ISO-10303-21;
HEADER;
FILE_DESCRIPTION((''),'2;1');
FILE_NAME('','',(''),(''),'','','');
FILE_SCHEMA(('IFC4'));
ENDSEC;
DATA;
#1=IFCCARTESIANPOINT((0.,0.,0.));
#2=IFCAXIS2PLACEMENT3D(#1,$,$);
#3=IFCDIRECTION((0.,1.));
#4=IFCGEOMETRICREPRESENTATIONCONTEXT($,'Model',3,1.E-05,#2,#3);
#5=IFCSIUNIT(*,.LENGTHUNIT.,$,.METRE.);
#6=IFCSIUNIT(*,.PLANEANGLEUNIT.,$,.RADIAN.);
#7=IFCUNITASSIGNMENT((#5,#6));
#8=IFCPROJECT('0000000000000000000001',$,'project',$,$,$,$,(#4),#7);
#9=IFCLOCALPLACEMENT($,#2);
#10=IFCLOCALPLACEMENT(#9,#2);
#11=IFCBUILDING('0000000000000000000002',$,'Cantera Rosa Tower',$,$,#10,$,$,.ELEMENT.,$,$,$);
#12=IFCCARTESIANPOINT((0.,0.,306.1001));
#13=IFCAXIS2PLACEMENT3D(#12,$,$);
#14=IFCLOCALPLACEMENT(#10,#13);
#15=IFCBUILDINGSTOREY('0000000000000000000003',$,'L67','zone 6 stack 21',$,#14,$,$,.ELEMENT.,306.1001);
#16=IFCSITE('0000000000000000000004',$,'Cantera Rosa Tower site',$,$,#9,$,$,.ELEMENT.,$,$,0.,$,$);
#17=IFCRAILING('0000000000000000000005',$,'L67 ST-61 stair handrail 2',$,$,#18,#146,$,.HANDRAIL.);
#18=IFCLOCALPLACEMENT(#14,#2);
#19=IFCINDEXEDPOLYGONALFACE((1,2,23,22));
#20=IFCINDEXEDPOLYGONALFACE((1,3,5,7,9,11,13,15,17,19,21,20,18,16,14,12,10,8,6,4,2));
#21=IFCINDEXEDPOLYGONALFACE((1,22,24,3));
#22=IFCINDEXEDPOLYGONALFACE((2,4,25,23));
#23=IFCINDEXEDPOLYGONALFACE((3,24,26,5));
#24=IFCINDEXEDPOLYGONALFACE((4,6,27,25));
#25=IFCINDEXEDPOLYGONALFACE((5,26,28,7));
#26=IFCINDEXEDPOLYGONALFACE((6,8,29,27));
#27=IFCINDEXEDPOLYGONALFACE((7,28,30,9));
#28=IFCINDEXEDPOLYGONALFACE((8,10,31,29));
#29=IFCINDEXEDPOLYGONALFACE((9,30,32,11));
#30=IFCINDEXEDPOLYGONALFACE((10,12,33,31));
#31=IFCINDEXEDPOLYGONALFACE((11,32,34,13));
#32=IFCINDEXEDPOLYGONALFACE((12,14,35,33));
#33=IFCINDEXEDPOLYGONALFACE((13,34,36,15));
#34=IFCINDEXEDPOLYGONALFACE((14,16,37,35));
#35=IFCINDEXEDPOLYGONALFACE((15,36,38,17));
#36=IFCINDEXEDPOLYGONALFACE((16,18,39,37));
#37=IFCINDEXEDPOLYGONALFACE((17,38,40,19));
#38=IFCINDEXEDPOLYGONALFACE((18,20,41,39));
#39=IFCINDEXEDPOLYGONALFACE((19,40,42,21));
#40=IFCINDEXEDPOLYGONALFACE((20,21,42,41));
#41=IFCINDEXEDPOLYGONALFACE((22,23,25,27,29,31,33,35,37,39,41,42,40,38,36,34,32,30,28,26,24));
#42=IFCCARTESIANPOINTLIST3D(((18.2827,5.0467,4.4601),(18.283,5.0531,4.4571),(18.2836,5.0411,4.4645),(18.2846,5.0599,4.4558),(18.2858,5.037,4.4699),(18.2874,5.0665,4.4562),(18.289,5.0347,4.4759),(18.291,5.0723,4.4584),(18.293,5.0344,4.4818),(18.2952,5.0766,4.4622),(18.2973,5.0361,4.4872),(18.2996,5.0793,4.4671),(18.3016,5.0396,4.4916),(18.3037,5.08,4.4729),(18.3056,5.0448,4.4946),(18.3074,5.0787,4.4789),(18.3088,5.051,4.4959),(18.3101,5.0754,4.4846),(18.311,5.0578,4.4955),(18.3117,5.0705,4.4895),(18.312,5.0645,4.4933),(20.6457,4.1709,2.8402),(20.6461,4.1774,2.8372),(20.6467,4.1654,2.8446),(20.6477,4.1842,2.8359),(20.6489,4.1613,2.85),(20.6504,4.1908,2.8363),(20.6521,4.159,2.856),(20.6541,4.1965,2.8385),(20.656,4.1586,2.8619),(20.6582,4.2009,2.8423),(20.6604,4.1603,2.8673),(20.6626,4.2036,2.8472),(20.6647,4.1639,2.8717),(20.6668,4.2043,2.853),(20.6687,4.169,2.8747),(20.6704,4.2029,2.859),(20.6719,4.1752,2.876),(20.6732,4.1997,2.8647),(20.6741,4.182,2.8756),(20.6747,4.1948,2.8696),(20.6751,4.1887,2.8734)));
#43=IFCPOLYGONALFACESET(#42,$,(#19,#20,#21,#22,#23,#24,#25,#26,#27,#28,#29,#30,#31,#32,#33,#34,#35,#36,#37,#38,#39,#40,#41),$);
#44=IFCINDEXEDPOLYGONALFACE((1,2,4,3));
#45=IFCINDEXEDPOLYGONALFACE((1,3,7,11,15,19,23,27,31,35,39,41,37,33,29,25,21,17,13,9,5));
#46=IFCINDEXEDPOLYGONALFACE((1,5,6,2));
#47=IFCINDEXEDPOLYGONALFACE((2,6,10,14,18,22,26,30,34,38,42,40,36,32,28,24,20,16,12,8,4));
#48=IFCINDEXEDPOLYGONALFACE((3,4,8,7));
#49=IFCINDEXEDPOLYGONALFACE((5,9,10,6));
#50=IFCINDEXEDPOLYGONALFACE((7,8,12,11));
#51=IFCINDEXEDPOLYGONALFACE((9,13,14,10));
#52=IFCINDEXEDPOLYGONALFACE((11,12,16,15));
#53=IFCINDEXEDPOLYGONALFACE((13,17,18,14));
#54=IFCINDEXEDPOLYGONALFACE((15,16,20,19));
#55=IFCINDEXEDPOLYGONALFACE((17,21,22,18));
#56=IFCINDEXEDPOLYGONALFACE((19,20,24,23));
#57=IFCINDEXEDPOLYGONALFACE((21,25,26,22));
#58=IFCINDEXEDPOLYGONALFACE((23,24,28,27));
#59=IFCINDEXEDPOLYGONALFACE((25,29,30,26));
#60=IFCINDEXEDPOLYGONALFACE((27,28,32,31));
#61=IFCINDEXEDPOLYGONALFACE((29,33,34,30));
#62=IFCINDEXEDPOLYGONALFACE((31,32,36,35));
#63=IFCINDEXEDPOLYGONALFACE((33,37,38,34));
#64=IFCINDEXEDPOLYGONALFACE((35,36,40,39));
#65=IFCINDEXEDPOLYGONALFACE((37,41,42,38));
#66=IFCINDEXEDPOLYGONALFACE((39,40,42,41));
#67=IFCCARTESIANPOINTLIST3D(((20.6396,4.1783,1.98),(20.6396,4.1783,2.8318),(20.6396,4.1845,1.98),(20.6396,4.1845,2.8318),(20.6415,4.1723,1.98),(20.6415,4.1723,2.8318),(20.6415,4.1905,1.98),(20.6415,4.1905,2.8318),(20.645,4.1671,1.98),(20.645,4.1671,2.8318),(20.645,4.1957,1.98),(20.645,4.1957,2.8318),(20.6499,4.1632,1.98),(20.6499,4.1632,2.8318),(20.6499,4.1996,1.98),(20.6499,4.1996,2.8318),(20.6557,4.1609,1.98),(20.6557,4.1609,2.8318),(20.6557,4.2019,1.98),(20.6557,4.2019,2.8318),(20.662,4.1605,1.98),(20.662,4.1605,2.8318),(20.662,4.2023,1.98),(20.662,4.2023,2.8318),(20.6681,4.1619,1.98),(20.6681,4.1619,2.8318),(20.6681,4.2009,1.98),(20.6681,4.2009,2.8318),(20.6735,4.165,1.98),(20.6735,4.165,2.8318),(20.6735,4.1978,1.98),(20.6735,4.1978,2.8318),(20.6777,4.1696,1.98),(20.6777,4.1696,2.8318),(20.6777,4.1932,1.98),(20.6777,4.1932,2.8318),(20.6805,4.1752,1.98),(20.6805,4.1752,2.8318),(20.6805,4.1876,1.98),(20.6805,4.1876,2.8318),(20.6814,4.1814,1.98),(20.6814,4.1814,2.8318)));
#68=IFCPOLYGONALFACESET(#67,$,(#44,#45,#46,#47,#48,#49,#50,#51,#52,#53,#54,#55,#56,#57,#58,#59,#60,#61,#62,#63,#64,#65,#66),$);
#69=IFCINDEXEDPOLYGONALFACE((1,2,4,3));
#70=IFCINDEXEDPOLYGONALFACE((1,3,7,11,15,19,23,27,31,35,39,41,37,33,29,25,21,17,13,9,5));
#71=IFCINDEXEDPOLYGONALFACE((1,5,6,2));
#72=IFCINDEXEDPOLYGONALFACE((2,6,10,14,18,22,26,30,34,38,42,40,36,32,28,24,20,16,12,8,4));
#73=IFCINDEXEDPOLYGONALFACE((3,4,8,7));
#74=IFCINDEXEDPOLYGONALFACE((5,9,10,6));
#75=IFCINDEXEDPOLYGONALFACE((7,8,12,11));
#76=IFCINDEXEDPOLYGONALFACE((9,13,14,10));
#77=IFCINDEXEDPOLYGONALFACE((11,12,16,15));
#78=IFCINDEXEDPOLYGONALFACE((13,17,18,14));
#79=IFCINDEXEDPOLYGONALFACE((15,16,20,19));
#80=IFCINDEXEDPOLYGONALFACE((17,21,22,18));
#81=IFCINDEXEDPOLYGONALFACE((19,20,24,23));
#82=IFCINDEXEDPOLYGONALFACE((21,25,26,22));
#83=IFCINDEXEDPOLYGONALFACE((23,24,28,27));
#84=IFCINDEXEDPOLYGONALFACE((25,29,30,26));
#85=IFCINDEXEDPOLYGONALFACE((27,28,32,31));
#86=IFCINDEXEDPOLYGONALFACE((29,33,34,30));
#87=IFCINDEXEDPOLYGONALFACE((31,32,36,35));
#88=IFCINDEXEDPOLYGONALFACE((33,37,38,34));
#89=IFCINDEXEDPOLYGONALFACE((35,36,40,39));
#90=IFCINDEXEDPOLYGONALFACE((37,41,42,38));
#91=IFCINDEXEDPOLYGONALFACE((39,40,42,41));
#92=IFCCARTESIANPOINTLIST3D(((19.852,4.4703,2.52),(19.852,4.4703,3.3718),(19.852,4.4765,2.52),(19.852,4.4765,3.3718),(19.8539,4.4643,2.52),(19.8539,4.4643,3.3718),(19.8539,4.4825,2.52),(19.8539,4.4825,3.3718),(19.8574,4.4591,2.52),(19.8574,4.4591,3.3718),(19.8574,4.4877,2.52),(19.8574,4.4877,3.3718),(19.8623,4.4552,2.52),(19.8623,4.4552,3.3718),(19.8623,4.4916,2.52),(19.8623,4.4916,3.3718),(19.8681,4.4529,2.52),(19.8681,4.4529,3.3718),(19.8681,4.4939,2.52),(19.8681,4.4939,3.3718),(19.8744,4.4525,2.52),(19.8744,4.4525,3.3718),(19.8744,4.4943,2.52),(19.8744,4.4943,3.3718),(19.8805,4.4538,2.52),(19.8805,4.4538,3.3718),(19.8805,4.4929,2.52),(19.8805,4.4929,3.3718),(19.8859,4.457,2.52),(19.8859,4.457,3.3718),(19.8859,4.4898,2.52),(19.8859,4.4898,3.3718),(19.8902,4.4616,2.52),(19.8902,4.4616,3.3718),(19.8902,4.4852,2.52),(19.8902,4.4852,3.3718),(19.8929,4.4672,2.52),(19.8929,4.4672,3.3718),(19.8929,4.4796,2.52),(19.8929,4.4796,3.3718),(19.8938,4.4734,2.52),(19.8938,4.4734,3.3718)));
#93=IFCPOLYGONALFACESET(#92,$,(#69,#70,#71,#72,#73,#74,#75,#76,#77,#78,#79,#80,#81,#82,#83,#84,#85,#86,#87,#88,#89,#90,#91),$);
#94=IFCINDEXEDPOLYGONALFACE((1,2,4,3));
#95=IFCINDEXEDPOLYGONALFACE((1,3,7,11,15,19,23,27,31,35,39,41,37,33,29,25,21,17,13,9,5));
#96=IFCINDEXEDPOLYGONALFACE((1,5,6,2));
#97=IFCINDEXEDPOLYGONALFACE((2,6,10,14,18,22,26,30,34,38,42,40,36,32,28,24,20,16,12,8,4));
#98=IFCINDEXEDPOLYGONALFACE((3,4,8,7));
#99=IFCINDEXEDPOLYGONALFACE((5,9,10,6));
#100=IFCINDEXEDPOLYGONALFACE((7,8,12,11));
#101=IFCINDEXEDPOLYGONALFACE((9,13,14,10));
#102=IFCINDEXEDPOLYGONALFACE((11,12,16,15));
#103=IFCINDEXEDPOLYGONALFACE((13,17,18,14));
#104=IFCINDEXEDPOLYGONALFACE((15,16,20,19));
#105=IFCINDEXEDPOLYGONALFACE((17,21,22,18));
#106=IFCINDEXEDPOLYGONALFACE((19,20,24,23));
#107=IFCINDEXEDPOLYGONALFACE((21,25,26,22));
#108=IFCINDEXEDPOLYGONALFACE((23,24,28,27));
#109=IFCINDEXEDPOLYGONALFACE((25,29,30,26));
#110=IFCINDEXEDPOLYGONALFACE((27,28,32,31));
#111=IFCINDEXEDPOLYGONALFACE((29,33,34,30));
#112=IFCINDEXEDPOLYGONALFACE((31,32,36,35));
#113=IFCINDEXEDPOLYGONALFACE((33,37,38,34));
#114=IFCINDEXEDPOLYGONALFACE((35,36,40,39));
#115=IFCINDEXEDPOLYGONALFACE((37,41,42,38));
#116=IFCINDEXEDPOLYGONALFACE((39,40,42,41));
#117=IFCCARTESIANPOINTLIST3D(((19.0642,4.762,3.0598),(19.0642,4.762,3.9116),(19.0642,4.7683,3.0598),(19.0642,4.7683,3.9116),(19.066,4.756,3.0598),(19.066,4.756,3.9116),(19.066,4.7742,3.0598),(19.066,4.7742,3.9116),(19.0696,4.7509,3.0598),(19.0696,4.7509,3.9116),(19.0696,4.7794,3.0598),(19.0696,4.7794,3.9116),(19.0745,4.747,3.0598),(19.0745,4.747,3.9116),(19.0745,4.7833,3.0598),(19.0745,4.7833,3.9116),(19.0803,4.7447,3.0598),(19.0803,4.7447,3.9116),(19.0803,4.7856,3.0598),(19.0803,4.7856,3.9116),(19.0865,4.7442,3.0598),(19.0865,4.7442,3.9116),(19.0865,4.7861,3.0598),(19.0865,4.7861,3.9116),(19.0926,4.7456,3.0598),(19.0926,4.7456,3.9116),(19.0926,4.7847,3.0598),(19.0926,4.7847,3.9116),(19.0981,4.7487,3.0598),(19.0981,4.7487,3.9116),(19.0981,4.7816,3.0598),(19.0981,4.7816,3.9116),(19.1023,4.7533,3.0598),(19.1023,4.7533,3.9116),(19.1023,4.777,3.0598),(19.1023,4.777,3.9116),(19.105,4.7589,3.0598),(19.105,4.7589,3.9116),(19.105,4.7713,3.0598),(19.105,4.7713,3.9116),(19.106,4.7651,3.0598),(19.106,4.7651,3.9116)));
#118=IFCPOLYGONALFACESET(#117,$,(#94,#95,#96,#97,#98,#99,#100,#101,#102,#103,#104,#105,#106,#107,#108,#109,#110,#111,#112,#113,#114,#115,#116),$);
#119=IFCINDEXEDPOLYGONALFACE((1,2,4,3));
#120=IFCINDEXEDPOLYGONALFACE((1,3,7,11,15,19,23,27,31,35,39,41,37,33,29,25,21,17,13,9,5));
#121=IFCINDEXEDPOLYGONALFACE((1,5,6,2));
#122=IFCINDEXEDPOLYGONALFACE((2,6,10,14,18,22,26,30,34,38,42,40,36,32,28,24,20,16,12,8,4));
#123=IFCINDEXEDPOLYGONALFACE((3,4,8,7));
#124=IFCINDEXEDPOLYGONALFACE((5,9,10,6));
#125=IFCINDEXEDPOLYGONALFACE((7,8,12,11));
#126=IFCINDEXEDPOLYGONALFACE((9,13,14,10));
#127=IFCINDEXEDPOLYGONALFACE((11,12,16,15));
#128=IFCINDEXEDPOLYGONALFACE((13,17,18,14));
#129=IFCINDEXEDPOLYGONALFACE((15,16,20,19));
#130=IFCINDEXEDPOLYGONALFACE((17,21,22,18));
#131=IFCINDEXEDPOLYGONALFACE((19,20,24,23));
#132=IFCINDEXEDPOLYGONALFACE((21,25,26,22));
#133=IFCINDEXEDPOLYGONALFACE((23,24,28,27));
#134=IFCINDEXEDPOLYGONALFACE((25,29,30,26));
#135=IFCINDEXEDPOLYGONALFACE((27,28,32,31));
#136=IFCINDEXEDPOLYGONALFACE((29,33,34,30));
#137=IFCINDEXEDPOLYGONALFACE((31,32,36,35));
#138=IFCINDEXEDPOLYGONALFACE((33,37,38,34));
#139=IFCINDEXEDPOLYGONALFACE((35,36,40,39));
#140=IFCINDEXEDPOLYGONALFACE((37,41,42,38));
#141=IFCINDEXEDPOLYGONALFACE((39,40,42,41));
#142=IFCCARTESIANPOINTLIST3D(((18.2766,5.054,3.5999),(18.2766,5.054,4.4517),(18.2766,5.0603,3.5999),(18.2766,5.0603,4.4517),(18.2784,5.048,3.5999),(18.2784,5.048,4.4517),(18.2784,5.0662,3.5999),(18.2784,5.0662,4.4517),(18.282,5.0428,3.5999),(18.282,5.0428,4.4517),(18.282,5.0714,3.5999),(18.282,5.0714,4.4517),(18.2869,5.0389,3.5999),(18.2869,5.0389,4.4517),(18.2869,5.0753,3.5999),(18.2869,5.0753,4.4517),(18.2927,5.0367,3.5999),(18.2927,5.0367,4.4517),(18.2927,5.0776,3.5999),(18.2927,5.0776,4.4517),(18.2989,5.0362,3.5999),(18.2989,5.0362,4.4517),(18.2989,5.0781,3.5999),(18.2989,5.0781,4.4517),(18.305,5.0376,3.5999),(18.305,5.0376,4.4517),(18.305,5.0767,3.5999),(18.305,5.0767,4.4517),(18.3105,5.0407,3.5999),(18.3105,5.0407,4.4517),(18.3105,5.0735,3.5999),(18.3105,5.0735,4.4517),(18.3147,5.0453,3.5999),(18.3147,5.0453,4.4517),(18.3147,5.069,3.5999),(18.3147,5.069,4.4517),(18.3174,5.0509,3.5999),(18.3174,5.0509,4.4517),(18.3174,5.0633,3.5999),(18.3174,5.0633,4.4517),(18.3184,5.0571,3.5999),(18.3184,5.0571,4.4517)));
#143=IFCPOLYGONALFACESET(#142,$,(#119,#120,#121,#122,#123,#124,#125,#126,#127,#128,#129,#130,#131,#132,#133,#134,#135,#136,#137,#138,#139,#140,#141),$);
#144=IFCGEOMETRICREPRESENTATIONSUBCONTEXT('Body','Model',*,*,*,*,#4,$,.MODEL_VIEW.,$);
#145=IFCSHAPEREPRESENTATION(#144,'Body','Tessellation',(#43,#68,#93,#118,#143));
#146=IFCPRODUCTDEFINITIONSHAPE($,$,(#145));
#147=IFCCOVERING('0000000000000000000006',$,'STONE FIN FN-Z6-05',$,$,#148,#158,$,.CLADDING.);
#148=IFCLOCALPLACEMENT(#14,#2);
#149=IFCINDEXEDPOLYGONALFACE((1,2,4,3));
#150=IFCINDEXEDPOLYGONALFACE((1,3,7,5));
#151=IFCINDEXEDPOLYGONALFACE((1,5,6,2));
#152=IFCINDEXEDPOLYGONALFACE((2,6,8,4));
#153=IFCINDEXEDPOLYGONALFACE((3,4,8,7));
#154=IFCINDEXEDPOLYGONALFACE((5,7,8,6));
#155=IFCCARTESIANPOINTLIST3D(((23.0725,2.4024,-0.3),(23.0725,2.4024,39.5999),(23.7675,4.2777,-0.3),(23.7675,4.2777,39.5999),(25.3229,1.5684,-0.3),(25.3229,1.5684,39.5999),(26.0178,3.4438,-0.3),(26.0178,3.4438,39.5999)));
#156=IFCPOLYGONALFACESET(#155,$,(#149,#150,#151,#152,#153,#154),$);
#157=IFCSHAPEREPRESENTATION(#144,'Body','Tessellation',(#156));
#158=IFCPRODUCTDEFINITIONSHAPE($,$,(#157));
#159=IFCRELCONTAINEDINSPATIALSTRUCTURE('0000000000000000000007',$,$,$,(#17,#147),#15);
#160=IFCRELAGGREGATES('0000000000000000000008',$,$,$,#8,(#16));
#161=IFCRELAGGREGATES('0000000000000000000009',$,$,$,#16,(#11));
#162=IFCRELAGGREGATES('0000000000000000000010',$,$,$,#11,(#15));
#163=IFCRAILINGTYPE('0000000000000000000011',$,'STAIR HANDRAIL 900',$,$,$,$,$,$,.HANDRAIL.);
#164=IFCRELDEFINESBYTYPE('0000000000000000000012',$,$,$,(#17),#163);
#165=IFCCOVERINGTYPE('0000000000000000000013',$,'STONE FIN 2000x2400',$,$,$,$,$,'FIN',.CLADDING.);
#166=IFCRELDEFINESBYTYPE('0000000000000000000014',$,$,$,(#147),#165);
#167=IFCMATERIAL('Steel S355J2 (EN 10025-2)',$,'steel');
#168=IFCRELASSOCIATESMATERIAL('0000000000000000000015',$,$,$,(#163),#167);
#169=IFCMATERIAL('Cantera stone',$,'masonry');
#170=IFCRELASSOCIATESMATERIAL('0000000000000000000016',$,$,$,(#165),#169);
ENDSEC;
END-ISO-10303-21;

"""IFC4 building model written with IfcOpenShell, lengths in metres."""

from ifc_helpers import new_model, si_unit, direction, frame, origin, origin_2d, place, context, subcontext, project, spatial, rectangle, circle, extrude, material, type_object, element, save


model = new_model("IFC4")

# Units and contexts
model_context = context("Model", 3, precision=1e-05, world=origin(), true_north=direction((0.0, 1.0)))
body_context = subcontext(model_context, "Body", "Model", "MODEL_VIEW")
ifc_project = project(units=[si_unit("LENGTHUNIT", "METRE"), si_unit("PLANEANGLEUNIT", "RADIAN")], contexts=[model_context])

# Site, building, storey
site_placement = place(None, origin())
site = spatial("IfcSite", under=ifc_project, at=site_placement, Name="Cantera Rosa Tower site", CompositionType="ELEMENT", RefElevation=0.0)
building_placement = place(site_placement, origin())
building = spatial("IfcBuilding", under=site, at=building_placement, Name="Cantera Rosa Tower", CompositionType="ELEMENT")
storey_placement = place(building_placement, frame((0.0, 0.0, 306.1001)))
storey = spatial("IfcBuildingStorey", under=building, at=storey_placement, Name="L67", Description="zone 6 stack 21", CompositionType="ELEMENT", Elevation=306.1001)

# Railing
ifc_material_1 = material(Name="Steel S355J2 (EN 10025-2)", Category="steel")
railing_type_1 = type_object("IfcRailingType", Name="STAIR HANDRAIL 900", PredefinedType="HANDRAIL", material=ifc_material_1)
railing_1_placement = place(storey_placement, frame((20.6604, 4.1814, 1.98)))
element("IfcRailing", 1, at=railing_1_placement, inside=storey, type_object=railing_type_1, Name="L67 ST-61 stair handrail 2", PredefinedType="HANDRAIL", context=body_context, shape_type="SweptSolid", body=[
    extrude(circle(Radius=0.0239, at=origin_2d()), frame((0.0, 0.0, 0.876), z_axis=(-0.788782, 0.29232, 0.540714), x_axis=(-0.347501, -0.93768, 0.0)), (0.0, 0.0, 1.0), 2.9958),
    extrude(circle(Radius=0.021, at=origin_2d()), origin(), (0.0, 0.0, 1.0), 0.8518),
    extrude(circle(Radius=0.021, at=origin_2d()), frame((-0.7876, 0.292, 0.54)), (0.0, 0.0, 1.0), 0.8518),
    extrude(circle(Radius=0.021, at=origin_2d()), frame((-1.5754, 0.5837, 1.0798)), (0.0, 0.0, 1.0), 0.8518),
    extrude(circle(Radius=0.021, at=origin_2d()), frame((-2.363, 0.8757, 1.6199)), (0.0, 0.0, 1.0), 0.8518),
])

# Covering
ifc_material_2 = material(Name="Cantera stone", Category="masonry")
covering_type = type_object("IfcCoveringType", Name="STONE FIN 2000x2400", ElementType="FIN", PredefinedType="CLADDING", material=ifc_material_2)
covering_placement = place(storey_placement, frame((24.5452, 2.9231, -0.3), z_axis=(0.0, 0.0, 1.0), x_axis=(0.347481, 0.937687, 0.0)))
element("IfcCovering", 2, at=covering_placement, inside=storey, type_object=covering_type, Name="STONE FIN FN-Z6-05", PredefinedType="CLADDING", context=body_context, shape_type="SweptSolid", body=[
    extrude(rectangle(XDim=2.0, YDim=2.3999, at=origin_2d()), origin(), (0.0, 0.0, 1.0), 39.8999),
])

save(model, "model.ifc")
